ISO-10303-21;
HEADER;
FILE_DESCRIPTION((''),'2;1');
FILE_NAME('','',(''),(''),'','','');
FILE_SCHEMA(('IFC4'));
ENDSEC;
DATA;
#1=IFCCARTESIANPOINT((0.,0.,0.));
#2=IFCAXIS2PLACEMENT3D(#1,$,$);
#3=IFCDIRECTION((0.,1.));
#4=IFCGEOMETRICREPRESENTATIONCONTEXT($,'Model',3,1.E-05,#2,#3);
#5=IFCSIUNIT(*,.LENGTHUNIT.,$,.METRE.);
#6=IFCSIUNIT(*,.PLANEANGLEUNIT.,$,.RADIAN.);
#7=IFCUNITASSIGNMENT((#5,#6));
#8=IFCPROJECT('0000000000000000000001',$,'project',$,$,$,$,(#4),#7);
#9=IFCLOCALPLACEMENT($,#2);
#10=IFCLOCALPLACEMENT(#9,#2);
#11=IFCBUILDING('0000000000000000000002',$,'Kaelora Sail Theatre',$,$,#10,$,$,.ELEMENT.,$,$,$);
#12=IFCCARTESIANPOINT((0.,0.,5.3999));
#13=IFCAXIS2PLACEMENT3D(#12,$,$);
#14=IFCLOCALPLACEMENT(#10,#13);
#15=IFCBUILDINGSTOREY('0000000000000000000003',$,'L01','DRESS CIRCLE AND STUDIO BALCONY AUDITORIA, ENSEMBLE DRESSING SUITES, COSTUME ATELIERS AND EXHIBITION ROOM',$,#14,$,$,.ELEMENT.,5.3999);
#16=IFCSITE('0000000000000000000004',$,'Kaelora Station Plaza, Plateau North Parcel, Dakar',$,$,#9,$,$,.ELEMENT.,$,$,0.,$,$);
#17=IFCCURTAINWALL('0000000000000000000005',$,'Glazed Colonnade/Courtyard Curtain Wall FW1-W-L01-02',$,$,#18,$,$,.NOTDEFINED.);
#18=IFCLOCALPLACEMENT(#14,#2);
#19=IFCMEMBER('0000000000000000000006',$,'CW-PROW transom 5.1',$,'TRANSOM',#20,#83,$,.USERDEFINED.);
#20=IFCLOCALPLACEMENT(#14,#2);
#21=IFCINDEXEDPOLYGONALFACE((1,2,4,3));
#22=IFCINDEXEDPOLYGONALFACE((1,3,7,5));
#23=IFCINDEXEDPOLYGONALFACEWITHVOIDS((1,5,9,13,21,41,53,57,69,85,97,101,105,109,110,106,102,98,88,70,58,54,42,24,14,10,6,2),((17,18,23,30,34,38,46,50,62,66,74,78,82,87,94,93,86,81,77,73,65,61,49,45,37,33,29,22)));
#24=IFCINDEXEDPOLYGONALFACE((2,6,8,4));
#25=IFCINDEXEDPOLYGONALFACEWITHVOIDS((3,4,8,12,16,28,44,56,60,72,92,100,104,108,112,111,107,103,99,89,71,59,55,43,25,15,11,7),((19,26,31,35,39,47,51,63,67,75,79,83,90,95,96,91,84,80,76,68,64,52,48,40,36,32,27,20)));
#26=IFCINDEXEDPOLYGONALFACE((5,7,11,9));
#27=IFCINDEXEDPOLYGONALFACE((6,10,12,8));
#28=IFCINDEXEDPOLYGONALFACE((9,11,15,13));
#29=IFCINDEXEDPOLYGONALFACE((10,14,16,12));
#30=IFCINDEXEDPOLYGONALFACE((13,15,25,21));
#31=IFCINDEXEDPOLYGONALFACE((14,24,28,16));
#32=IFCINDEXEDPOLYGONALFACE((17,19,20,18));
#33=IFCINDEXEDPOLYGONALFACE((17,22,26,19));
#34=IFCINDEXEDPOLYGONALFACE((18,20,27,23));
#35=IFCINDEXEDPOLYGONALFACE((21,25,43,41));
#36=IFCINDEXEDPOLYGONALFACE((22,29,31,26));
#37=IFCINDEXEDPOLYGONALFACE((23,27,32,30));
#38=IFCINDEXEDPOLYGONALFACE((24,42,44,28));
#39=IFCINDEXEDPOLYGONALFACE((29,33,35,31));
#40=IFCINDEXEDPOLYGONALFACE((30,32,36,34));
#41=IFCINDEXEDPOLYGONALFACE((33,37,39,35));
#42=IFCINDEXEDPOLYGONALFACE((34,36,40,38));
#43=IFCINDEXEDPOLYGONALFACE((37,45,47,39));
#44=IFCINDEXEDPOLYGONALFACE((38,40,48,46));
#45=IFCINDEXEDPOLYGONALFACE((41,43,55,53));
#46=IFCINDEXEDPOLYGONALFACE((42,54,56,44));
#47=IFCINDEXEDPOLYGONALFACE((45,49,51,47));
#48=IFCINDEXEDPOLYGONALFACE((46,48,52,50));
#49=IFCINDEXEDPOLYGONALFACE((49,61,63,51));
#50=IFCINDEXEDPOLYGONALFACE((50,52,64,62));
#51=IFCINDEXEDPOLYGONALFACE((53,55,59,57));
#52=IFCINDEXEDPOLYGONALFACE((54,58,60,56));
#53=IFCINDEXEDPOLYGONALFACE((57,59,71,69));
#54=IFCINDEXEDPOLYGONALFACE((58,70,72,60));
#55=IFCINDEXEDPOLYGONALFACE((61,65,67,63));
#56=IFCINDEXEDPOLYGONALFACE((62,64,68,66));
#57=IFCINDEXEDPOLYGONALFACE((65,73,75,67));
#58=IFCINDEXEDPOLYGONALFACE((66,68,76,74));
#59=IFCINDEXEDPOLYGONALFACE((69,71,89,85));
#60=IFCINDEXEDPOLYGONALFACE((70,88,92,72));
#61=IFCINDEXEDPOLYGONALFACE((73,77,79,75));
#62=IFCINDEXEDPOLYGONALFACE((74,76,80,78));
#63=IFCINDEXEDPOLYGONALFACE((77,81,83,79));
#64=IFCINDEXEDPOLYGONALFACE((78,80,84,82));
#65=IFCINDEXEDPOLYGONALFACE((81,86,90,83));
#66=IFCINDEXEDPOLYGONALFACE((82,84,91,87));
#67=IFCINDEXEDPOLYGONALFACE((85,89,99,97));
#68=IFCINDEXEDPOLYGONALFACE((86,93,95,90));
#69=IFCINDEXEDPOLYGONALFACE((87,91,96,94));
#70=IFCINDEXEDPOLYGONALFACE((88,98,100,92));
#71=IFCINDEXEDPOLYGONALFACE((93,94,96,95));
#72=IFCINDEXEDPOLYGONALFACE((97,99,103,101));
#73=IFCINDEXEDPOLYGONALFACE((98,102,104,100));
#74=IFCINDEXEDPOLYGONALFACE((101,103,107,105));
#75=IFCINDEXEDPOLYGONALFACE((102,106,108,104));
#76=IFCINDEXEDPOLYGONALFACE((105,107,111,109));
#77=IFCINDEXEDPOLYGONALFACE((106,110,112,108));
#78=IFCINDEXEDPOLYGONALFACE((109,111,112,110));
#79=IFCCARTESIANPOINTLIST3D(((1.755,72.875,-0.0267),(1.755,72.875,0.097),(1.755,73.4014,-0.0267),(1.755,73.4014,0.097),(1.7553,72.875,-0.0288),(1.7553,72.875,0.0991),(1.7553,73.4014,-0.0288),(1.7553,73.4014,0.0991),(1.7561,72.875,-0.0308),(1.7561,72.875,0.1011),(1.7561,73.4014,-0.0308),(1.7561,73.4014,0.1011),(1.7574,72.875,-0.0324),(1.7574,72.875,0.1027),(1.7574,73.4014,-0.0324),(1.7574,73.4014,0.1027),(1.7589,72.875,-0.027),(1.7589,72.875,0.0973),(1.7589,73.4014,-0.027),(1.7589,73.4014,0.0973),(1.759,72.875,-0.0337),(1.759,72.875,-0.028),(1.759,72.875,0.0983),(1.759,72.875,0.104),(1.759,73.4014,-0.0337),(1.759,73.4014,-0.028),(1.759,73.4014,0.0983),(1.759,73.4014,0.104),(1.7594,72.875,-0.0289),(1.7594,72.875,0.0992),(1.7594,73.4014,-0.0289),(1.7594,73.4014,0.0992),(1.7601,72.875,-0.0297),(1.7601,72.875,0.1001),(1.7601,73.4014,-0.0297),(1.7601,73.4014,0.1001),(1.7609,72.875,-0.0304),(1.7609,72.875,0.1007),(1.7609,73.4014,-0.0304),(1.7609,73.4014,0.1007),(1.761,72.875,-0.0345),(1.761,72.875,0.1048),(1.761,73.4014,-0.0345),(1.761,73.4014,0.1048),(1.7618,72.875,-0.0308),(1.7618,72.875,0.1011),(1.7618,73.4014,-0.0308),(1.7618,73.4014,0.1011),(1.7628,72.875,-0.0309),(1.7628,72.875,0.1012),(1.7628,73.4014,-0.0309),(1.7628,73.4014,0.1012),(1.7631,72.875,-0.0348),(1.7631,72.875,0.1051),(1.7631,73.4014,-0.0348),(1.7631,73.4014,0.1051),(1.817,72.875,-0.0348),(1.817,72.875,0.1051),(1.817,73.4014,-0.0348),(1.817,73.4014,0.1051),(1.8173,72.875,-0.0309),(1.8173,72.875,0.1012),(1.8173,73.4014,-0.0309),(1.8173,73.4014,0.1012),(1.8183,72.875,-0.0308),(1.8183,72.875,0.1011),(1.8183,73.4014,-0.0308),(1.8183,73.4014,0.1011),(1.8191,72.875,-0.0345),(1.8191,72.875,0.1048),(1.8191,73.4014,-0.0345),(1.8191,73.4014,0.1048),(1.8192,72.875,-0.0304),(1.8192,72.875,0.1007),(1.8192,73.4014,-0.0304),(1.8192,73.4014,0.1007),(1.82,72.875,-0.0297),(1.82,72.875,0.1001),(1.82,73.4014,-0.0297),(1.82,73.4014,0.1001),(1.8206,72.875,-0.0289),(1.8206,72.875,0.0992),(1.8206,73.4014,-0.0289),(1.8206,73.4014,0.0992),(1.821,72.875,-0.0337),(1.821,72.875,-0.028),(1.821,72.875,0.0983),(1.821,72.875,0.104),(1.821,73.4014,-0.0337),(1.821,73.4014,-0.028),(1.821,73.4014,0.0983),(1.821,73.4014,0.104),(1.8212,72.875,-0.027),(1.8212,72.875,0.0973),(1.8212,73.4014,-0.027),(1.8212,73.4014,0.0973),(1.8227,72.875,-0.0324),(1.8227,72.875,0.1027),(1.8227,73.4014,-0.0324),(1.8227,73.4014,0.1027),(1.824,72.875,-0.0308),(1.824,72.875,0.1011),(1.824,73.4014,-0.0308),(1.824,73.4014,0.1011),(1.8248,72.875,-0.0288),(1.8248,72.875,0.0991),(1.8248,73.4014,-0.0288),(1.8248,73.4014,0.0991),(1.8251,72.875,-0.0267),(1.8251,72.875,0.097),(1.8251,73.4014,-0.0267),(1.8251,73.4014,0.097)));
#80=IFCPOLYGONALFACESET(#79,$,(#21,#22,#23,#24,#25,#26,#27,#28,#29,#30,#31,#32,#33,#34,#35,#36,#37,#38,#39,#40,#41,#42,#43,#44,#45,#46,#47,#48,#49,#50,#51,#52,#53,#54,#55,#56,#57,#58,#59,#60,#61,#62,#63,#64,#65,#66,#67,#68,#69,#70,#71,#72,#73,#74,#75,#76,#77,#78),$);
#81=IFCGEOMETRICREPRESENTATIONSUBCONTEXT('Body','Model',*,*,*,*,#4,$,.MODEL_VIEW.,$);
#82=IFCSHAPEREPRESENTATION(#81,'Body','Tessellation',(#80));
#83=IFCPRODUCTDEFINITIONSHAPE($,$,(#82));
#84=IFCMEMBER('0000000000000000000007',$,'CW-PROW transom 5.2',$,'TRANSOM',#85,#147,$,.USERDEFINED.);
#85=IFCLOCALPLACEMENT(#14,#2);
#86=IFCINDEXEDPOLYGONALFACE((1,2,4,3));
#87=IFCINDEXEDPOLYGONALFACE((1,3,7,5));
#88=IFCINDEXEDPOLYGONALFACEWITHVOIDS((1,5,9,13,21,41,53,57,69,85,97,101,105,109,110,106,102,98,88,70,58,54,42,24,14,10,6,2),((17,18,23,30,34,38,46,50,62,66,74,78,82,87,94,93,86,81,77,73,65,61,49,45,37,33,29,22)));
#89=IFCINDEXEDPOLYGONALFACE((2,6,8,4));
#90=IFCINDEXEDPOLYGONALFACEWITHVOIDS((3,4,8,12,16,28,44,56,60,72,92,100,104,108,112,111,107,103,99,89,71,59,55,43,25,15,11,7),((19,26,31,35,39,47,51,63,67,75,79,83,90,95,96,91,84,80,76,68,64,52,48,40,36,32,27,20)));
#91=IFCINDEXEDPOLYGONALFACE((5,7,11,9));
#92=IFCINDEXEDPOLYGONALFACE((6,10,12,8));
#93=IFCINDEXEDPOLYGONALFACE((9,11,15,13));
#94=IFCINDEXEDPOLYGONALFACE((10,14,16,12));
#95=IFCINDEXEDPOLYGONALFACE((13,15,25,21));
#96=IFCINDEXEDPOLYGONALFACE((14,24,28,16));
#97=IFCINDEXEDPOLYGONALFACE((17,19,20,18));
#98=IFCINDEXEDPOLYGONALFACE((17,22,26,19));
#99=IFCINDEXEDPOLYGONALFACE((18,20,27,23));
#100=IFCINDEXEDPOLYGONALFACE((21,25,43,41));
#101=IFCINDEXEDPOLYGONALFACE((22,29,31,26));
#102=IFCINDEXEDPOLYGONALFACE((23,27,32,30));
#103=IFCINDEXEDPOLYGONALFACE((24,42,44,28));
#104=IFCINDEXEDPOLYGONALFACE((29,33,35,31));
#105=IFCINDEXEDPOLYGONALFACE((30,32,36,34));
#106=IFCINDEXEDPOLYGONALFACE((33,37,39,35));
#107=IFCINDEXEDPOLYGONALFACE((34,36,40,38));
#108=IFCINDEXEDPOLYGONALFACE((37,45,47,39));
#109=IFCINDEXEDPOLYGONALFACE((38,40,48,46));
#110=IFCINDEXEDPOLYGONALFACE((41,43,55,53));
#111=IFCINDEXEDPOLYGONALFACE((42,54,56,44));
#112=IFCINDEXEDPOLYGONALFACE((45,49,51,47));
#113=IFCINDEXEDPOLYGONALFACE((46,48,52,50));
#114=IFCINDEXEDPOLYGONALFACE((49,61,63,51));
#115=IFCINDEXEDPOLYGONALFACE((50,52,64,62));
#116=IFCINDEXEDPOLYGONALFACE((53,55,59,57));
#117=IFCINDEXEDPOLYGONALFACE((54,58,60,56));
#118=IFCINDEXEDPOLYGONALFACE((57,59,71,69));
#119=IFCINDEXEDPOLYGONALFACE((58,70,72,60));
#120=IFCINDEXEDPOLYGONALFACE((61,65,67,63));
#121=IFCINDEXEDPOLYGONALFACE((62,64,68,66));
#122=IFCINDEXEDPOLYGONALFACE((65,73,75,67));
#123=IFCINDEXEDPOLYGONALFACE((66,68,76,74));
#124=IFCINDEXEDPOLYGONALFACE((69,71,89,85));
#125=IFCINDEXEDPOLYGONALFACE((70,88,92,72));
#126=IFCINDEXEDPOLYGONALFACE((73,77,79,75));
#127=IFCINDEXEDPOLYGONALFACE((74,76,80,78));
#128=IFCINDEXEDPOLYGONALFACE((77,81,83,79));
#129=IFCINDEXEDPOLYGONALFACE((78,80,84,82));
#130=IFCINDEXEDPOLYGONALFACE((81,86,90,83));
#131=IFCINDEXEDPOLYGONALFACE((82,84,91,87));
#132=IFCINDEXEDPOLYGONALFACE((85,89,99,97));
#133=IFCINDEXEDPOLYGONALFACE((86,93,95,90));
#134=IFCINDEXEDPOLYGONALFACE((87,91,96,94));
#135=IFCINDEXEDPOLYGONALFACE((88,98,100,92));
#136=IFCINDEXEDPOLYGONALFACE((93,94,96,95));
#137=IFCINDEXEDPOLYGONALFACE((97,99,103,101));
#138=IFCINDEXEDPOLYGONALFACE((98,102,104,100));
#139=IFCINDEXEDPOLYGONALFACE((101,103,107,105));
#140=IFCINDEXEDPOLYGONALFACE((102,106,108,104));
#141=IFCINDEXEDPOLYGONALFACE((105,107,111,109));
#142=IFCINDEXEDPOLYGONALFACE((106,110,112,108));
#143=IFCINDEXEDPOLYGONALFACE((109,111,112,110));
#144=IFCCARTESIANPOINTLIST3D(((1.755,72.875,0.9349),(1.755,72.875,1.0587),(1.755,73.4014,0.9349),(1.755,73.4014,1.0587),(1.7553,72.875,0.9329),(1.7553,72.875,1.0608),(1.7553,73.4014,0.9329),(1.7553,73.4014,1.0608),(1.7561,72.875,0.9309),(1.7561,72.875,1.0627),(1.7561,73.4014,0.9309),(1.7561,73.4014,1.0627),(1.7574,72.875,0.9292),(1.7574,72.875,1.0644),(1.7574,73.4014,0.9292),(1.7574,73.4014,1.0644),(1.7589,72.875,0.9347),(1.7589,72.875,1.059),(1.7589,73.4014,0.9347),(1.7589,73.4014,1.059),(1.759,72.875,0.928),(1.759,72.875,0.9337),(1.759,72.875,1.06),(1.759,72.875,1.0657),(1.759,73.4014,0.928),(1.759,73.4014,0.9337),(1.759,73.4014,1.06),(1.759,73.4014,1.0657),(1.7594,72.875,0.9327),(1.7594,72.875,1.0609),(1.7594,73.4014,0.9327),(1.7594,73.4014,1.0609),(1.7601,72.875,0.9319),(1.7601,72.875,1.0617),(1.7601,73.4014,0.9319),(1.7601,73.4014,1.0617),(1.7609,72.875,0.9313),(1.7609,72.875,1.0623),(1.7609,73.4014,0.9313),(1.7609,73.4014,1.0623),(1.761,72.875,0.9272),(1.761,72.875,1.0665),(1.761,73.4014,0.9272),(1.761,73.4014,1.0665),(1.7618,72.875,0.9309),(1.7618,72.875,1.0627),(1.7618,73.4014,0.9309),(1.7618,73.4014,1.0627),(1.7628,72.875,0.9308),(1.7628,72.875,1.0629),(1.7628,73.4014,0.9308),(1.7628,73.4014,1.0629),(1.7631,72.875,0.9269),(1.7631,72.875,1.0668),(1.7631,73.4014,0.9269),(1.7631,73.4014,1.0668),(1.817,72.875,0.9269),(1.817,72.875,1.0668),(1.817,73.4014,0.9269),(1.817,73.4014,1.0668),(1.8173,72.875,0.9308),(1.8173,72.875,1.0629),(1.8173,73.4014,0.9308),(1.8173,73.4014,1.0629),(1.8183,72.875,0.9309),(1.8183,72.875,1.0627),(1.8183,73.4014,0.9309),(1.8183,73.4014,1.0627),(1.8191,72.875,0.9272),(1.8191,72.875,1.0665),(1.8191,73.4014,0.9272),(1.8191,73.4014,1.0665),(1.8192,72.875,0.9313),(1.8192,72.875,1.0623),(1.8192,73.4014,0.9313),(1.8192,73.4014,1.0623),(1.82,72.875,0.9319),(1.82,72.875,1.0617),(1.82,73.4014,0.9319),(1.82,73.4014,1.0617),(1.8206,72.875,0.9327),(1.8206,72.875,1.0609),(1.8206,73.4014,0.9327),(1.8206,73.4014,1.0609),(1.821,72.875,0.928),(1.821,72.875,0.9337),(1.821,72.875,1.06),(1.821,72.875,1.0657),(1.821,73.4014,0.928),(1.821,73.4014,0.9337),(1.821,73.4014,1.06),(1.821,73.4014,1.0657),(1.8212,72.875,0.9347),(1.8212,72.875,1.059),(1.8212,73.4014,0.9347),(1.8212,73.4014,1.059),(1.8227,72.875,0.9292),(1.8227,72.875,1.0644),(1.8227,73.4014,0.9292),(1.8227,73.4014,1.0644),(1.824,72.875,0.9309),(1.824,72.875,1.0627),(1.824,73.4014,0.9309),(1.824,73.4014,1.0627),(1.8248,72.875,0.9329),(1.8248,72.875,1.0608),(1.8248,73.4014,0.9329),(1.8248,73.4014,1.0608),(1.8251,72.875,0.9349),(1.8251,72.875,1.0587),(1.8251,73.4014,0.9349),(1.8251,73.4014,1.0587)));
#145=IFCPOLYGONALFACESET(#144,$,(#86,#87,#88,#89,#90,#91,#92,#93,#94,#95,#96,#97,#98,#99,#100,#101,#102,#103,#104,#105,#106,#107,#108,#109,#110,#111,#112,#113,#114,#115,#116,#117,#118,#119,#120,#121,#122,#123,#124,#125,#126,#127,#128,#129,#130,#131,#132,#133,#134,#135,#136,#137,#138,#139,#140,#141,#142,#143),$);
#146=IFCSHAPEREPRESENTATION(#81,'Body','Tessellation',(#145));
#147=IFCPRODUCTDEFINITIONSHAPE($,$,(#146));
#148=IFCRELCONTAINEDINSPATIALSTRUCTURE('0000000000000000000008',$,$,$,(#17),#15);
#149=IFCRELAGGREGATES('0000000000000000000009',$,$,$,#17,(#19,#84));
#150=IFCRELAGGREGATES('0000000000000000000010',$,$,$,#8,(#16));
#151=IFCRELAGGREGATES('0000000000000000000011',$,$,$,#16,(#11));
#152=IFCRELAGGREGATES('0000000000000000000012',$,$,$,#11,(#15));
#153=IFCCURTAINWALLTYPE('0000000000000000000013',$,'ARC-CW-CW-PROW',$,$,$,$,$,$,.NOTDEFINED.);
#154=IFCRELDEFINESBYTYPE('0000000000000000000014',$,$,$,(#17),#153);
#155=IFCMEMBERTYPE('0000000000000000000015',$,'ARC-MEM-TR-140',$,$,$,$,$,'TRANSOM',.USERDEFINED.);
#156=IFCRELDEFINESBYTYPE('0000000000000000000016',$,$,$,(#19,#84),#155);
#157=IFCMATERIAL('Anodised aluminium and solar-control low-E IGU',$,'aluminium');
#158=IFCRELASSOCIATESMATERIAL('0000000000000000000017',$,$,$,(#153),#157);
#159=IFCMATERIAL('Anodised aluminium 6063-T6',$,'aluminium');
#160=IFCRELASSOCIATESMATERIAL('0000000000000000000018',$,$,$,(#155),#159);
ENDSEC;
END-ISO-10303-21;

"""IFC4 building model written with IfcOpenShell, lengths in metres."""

from ifc_helpers import new_model, si_unit, direction, frame, origin, origin_2d, place, context, subcontext, project, spatial, hollow_rectangle, extrude, material, material_profile, profile_set, type_object, element, aggregate, save


model = new_model("IFC4")

# Units and contexts
model_context = context("Model", 3, precision=1e-05, world=origin(), true_north=direction((0.0, 1.0)))
body_context = subcontext(model_context, "Body", "Model", "MODEL_VIEW")
ifc_project = project(units=[si_unit("LENGTHUNIT", "METRE"), si_unit("PLANEANGLEUNIT", "RADIAN")], contexts=[model_context])

# Site, building, storey
site_placement = place(None, origin())
site = spatial("IfcSite", under=ifc_project, at=site_placement, Name="Kaelora Station Plaza, Plateau North Parcel, Dakar", CompositionType="ELEMENT", RefElevation=0.0)
building_placement = place(site_placement, origin())
building = spatial("IfcBuilding", under=site, at=building_placement, Name="Kaelora Sail Theatre", CompositionType="ELEMENT")
storey_placement = place(building_placement, frame((0.0, 0.0, 5.3999)))
storey = spatial("IfcBuildingStorey", under=building, at=storey_placement, Name="L01", Description="DRESS CIRCLE AND STUDIO BALCONY AUDITORIA, ENSEMBLE DRESSING SUITES, COSTUME ATELIERS AND EXHIBITION ROOM", CompositionType="ELEMENT", Elevation=5.3999)

# Curtain wall, members
ifc_material_1 = material(Name="Anodised aluminium and solar-control low-E IGU", Category="aluminium")
curtain_wall_type = type_object("IfcCurtainWallType", Name="ARC-CW-CW-PROW", PredefinedType="NOTDEFINED", material=ifc_material_1)
curtain_wall_placement = place(storey_placement, origin())
curtain_wall = element("IfcCurtainWall", 1, at=curtain_wall_placement, inside=storey, type_object=curtain_wall_type, Name="Glazed Colonnade/Courtyard Curtain Wall FW1-W-L01-02", PredefinedType="NOTDEFINED")
ifc_material_2 = material(Name="Anodised aluminium 6063-T6", Category="aluminium")
ifc_material_profile_1 = material_profile(ifc_material_2, hollow_rectangle(XDim=0.0701, YDim=0.1399, WallThickness=0.0039, InnerFilletRadius=0.0039, OuterFilletRadius=0.0081, at=origin_2d()), Name="ALU-TRAN 70x140x4")
ifc_profile_set_1 = profile_set([ifc_material_profile_1], Name="Anodised aluminium 6063-T6")
member_type_1 = type_object("IfcMemberType", Name="ARC-MEM-TR-140", ElementType="TRANSOM", PredefinedType="USERDEFINED", material=ifc_profile_set_1)
member_1_placement = place(storey_placement, frame((1.79, 72.875, 0.0352), z_axis=(0.0, 1.0, 0.0), x_axis=(-1.0, 0.0, 0.0)))
member_1 = element("IfcMember", 2, at=member_1_placement, type_object=member_type_1, Name="CW-PROW transom 5.1", ObjectType="TRANSOM", PredefinedType="USERDEFINED", context=body_context, shape_type="SweptSolid", body=[
    extrude(hollow_rectangle(XDim=0.0701, YDim=0.1399, WallThickness=0.0039, InnerFilletRadius=0.0039, OuterFilletRadius=0.0081, at=origin_2d()), origin(), (0.0, 0.0, 1.0), 0.5264),
])
member_2_placement = place(storey_placement, frame((1.79, 72.875, 0.9968), z_axis=(0.0, 1.0, 0.0), x_axis=(-1.0, 0.0, 0.0)))
member_2 = element("IfcMember", 3, at=member_2_placement, type_object=member_type_1, Name="CW-PROW transom 5.2", ObjectType="TRANSOM", PredefinedType="USERDEFINED", context=body_context, shape_type="SweptSolid", body=[
    extrude(hollow_rectangle(XDim=0.0701, YDim=0.1399, WallThickness=0.0039, InnerFilletRadius=0.0039, OuterFilletRadius=0.0081, at=origin_2d()), origin(), (0.0, 0.0, 1.0), 0.5264),
])

aggregate(curtain_wall, [member_1, member_2])

save(model, "model.ifc")
